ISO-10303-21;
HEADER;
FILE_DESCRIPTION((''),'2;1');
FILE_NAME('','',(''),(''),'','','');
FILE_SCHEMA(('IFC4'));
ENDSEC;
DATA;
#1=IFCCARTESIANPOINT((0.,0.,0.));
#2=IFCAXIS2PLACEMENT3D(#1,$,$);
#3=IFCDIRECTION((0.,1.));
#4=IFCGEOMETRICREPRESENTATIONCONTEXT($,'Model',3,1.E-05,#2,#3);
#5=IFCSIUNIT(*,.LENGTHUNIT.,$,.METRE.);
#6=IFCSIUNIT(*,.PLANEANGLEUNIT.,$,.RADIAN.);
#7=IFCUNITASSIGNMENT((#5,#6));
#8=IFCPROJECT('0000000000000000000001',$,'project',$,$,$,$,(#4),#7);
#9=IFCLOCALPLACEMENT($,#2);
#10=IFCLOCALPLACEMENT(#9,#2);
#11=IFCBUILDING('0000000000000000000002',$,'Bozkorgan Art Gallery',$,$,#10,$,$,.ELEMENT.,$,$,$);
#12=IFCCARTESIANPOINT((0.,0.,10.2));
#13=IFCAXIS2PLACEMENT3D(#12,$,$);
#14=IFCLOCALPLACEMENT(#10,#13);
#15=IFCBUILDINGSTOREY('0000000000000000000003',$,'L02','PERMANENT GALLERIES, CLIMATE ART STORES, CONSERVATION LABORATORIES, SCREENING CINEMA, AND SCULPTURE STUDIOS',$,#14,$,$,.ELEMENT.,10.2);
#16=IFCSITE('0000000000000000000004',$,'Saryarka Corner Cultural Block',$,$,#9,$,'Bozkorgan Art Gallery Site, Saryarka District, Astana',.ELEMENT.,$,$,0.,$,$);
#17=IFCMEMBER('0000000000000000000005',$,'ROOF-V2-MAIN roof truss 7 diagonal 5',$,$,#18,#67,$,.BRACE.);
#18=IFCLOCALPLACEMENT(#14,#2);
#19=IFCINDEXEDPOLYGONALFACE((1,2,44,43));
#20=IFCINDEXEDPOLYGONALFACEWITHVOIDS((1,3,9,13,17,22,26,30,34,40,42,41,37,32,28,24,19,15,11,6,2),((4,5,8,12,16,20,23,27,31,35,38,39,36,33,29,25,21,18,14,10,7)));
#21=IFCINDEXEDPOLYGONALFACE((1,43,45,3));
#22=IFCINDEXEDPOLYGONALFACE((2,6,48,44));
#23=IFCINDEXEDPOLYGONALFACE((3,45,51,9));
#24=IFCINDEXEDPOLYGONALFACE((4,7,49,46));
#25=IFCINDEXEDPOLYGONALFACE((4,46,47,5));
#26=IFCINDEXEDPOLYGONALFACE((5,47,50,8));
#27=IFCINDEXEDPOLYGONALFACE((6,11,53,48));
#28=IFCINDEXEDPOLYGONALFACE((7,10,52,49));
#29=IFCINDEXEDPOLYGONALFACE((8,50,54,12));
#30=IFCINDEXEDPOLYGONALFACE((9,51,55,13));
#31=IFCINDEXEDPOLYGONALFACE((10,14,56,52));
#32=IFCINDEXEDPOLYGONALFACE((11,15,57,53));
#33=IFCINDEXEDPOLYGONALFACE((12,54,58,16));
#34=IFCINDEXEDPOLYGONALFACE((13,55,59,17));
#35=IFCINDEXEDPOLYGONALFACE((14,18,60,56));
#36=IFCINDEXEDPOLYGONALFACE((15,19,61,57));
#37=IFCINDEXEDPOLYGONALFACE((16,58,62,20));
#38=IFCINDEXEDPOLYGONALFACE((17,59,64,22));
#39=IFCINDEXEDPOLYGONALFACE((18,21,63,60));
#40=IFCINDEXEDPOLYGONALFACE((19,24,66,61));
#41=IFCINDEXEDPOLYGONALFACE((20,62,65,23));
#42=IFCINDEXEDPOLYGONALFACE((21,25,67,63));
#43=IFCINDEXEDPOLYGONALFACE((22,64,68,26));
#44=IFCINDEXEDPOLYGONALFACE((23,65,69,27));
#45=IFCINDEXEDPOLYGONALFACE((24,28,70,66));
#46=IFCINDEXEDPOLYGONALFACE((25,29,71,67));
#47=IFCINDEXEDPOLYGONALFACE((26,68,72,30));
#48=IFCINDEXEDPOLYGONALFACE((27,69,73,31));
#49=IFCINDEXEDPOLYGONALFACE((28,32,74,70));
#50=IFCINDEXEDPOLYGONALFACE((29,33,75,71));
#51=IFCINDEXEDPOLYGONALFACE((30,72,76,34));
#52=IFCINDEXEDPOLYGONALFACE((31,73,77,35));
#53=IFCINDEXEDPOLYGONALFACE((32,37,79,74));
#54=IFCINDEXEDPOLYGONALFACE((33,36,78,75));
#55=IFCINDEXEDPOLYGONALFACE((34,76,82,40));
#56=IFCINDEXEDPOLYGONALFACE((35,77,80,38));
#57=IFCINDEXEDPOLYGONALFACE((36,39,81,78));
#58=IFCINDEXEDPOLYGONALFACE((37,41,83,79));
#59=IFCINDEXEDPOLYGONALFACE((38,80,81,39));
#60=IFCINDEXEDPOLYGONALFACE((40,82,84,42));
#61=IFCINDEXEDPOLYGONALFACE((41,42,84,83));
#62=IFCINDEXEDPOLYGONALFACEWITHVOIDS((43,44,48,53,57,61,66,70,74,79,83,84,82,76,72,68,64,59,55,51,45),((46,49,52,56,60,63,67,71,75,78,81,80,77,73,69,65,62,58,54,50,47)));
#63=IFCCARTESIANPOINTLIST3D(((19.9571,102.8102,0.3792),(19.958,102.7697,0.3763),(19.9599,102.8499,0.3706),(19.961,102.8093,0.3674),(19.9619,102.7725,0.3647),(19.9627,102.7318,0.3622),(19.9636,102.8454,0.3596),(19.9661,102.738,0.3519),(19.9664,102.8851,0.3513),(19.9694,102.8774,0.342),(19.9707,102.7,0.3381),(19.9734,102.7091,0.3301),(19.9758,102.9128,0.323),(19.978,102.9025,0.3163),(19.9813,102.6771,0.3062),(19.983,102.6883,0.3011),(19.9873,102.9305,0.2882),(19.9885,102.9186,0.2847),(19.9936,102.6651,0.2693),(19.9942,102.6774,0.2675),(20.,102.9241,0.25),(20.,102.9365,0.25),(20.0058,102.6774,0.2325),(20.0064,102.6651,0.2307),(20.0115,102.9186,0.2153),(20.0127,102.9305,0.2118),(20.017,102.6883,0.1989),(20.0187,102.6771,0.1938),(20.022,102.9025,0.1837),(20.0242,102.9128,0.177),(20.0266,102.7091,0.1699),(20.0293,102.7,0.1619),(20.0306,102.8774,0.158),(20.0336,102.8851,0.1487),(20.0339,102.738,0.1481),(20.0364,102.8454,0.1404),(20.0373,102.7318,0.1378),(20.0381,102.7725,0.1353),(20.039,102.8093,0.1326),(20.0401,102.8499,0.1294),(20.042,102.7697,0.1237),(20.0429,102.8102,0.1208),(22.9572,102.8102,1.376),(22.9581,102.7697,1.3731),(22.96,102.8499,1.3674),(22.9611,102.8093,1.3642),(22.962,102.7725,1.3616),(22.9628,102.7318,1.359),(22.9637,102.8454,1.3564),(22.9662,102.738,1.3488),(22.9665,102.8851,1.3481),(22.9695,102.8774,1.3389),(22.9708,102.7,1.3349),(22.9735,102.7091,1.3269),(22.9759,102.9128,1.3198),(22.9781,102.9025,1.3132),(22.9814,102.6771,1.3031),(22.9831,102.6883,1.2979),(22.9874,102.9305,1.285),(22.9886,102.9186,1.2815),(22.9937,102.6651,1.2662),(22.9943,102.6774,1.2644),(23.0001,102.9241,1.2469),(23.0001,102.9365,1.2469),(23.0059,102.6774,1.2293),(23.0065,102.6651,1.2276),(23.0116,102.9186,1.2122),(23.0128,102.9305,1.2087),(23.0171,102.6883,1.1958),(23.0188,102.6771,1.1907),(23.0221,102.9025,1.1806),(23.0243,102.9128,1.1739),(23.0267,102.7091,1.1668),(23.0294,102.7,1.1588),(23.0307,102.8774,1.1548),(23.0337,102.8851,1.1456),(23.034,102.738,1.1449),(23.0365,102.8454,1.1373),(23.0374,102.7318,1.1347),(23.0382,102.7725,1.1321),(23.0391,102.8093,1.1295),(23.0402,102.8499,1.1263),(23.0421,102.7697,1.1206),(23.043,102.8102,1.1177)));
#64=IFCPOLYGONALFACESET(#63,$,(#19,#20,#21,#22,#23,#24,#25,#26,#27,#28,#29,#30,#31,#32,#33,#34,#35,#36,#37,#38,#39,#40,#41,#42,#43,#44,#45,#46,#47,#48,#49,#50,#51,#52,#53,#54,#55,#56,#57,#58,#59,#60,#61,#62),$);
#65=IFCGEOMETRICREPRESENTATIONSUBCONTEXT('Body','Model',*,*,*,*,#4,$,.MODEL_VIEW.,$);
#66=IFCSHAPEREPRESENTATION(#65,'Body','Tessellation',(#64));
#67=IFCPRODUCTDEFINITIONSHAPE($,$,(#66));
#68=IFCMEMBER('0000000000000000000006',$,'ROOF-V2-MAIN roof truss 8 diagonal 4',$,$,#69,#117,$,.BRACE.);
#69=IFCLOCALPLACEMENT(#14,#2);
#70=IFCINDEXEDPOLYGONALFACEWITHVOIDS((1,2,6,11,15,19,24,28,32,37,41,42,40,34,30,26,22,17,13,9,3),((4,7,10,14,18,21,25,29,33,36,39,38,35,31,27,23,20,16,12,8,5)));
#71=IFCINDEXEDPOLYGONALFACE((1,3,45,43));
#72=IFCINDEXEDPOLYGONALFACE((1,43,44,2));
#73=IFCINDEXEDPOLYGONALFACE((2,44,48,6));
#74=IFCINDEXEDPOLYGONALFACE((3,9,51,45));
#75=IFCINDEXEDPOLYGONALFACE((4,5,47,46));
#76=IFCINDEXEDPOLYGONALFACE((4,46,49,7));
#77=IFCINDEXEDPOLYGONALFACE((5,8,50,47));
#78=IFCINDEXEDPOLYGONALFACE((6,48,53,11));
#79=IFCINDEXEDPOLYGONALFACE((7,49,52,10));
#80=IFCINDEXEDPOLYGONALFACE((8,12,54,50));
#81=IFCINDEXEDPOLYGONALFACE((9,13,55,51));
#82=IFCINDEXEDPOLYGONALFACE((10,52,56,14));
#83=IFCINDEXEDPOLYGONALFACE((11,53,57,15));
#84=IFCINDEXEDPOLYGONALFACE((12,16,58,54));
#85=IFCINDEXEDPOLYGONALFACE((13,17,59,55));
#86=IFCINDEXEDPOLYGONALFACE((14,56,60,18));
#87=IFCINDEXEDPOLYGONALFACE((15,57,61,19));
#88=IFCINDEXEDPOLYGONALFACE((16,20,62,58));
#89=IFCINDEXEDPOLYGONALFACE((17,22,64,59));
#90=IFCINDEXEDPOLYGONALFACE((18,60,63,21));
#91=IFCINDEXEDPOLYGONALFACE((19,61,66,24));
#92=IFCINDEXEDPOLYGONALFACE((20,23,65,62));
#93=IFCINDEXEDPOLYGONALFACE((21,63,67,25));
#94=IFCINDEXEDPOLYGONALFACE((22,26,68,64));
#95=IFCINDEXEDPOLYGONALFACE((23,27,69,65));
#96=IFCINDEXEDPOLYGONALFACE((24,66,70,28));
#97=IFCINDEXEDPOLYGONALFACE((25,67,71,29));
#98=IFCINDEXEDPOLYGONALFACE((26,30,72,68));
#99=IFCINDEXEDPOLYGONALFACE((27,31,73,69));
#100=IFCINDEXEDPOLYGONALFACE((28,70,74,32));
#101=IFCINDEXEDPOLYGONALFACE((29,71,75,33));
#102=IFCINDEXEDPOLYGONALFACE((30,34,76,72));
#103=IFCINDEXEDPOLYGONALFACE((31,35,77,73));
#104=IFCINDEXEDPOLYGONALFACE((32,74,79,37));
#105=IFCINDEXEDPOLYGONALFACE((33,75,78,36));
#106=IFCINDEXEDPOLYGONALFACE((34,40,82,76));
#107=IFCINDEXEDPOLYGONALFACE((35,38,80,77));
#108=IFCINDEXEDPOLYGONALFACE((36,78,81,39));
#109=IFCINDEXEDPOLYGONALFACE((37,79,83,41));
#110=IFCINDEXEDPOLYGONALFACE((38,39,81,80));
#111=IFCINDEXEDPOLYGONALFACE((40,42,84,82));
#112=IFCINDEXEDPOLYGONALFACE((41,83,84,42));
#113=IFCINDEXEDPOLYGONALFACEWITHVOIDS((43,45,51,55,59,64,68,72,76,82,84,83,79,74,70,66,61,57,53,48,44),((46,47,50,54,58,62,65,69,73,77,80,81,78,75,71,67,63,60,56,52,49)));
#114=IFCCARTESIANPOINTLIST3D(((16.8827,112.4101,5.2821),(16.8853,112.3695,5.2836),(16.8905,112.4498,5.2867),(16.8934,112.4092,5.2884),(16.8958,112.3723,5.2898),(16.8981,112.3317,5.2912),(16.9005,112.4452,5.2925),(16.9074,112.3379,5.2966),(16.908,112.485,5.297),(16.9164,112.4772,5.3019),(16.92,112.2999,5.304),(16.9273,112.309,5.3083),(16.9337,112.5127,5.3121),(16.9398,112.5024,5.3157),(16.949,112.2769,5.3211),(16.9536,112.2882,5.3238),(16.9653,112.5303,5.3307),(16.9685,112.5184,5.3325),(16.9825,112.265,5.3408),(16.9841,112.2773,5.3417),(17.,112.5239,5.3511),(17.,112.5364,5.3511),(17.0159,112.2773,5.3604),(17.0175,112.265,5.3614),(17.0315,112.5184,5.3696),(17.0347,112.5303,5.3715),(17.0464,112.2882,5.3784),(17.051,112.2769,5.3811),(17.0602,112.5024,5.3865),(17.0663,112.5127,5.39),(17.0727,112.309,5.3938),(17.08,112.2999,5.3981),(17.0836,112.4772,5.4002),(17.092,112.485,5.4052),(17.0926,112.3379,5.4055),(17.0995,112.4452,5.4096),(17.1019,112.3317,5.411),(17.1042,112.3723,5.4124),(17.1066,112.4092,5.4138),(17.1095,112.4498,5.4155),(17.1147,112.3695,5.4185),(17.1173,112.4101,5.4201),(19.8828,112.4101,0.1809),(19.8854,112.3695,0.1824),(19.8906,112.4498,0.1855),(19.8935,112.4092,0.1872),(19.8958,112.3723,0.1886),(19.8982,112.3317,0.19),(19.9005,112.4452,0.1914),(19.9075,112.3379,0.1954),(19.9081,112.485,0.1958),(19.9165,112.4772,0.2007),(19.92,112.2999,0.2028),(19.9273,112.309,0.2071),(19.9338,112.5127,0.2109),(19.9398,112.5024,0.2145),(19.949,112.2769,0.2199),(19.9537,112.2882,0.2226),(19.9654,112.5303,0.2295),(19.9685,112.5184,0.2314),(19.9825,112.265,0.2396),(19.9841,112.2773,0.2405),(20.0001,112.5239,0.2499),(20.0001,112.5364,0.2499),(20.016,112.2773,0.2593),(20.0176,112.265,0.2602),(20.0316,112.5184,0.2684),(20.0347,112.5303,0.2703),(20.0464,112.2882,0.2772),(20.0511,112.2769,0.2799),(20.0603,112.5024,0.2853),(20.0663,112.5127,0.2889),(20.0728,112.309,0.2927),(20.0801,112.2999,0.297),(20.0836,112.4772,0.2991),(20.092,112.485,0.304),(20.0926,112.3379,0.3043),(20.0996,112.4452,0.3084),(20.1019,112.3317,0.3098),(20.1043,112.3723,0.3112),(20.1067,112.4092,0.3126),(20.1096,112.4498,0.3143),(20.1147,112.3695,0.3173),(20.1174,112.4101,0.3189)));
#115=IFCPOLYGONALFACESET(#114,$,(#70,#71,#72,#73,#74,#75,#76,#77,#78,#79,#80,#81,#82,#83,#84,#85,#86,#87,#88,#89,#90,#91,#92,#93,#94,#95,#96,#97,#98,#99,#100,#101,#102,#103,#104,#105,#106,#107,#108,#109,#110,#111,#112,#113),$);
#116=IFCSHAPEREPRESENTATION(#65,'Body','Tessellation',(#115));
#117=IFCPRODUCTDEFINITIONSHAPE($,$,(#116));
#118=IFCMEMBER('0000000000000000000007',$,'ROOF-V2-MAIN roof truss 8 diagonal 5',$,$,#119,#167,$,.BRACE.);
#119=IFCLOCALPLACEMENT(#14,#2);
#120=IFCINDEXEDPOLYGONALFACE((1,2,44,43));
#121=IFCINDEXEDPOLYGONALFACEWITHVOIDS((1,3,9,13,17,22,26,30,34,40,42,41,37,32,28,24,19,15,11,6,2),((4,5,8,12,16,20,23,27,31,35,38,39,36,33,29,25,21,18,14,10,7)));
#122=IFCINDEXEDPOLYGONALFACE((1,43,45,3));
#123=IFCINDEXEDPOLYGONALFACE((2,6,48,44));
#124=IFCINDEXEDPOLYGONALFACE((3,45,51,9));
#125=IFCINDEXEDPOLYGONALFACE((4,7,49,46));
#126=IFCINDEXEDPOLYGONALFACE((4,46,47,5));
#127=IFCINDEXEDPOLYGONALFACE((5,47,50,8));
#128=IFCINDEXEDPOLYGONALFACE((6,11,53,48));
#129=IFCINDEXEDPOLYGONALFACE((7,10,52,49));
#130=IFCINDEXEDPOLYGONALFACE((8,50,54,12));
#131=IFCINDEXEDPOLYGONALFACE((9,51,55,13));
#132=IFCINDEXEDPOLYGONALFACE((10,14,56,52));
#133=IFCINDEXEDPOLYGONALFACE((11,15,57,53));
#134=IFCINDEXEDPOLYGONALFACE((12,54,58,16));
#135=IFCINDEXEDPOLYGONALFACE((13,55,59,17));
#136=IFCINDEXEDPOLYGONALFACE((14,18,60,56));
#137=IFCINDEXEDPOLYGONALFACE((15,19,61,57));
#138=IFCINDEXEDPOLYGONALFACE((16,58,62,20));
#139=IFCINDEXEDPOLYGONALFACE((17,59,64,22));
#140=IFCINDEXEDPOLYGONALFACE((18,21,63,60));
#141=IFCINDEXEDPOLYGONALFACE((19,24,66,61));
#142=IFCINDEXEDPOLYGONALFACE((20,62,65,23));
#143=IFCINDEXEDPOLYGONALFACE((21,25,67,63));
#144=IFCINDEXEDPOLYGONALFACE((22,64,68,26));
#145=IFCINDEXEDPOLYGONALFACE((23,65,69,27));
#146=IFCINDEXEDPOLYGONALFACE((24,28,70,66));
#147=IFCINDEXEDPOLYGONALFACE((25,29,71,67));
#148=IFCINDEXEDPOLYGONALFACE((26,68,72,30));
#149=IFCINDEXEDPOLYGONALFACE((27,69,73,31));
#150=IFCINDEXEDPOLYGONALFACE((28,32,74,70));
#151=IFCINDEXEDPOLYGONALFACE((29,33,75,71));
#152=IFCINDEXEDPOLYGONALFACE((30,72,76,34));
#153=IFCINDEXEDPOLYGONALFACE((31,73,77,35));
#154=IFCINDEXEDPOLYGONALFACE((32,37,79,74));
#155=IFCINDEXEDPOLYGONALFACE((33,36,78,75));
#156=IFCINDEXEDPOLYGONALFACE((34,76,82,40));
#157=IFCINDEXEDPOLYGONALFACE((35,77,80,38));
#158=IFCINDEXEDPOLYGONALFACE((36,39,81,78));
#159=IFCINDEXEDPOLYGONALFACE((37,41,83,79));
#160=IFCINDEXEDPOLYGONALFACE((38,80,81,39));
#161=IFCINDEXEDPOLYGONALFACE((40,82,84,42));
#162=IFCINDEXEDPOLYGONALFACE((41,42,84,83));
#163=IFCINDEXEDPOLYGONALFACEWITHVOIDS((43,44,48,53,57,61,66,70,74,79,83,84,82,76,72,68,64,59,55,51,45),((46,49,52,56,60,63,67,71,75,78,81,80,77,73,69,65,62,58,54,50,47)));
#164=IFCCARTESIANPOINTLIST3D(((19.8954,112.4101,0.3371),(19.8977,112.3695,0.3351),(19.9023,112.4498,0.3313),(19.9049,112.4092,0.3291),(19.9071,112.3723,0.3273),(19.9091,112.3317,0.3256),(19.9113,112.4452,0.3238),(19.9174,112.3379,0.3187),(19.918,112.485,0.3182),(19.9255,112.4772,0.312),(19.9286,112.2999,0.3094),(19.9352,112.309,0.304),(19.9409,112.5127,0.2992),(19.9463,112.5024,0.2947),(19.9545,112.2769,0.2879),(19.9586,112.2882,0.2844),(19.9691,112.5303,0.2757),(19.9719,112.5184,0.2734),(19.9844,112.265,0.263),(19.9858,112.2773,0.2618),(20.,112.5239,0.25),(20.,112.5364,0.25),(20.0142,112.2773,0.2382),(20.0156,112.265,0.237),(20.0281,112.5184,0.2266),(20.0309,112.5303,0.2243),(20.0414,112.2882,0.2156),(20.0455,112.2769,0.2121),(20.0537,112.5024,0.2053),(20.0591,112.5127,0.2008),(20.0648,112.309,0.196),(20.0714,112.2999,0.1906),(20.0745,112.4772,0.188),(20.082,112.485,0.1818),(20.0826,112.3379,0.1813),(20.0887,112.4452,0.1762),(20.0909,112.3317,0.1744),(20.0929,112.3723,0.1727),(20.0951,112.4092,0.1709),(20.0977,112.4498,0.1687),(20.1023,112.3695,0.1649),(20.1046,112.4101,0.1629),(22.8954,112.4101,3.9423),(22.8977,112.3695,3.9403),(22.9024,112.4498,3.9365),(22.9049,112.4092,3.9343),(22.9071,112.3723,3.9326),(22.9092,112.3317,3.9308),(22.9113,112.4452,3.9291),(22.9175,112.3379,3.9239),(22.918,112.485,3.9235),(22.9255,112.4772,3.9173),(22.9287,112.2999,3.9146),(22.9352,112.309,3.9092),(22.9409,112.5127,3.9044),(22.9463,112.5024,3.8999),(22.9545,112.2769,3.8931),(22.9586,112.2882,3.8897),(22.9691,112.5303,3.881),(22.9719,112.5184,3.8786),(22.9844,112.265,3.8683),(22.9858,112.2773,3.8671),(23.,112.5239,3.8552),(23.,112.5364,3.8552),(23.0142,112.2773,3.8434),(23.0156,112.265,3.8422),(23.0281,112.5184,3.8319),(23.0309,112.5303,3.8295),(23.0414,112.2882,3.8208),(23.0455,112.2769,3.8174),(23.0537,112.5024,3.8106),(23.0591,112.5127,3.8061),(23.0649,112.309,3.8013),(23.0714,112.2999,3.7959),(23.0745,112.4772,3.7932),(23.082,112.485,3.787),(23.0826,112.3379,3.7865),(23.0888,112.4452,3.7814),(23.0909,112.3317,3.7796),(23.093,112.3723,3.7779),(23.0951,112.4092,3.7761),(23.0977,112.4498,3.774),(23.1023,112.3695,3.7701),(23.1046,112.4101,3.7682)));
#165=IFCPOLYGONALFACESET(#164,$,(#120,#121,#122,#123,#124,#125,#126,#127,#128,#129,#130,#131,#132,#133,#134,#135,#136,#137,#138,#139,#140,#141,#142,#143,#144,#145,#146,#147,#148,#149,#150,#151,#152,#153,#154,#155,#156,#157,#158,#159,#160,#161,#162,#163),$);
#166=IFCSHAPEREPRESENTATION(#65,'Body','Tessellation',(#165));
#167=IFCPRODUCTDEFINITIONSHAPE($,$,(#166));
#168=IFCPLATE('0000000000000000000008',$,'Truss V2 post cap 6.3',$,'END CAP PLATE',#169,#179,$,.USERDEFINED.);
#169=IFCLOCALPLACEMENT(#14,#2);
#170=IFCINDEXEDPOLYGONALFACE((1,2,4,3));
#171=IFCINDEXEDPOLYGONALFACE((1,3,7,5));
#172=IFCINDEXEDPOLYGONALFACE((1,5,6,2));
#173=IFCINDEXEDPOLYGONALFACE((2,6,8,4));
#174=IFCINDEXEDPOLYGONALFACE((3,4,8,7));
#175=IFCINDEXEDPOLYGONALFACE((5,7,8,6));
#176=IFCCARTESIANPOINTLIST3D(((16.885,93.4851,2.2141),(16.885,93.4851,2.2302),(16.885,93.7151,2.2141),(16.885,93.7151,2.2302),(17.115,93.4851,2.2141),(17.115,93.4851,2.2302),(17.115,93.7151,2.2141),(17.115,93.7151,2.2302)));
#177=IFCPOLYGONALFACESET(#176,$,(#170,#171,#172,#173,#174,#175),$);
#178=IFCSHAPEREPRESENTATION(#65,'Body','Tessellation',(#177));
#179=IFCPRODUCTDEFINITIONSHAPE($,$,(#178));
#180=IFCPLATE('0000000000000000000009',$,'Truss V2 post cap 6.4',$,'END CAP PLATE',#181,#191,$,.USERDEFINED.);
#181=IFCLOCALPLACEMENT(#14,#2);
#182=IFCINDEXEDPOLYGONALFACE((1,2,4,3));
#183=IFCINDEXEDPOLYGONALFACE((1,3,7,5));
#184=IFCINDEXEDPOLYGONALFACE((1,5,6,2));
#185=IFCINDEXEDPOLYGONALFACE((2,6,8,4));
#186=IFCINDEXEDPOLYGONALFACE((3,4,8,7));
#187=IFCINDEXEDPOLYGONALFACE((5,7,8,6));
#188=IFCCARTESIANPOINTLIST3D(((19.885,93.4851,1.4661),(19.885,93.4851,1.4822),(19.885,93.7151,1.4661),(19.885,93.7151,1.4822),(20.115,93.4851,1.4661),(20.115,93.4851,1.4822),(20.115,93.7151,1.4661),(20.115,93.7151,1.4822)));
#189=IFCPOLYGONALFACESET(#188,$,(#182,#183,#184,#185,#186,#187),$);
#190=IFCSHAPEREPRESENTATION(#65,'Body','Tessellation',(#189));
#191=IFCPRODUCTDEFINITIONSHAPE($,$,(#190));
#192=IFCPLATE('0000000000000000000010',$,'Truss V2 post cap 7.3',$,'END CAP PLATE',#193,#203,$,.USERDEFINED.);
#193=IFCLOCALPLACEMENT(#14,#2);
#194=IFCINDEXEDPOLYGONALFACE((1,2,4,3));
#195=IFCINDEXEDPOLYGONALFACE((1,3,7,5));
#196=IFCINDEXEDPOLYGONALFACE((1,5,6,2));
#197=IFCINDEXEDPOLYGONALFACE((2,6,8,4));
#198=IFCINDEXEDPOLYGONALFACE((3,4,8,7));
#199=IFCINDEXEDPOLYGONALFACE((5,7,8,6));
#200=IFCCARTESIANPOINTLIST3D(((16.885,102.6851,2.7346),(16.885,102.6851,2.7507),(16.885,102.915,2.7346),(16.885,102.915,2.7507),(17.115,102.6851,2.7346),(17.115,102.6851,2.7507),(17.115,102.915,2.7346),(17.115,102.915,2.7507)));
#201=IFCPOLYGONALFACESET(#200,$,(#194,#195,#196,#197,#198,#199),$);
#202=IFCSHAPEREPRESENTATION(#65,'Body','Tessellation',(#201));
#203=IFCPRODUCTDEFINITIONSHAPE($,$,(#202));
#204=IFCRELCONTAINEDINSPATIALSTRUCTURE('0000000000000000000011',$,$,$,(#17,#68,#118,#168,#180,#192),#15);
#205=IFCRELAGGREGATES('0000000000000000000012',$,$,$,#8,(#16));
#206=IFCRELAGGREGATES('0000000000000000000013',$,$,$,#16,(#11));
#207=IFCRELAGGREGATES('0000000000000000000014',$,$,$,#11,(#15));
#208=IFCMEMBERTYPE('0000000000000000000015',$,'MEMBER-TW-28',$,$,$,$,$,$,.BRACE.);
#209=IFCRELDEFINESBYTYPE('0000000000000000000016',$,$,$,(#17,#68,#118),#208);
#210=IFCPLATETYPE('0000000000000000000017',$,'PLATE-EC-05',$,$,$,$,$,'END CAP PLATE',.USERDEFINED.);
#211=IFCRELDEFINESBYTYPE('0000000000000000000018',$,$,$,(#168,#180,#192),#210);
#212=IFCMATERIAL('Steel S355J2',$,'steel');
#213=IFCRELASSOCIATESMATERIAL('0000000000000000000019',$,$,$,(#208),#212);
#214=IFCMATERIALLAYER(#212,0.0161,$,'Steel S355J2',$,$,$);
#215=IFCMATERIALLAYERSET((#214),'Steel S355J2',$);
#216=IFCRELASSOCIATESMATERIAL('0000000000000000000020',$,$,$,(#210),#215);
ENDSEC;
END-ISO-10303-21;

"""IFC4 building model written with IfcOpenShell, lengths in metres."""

from ifc_helpers import new_model, si_unit, direction, frame, origin, origin_2d, place, context, subcontext, project, spatial, rectangle, hollow_circle, extrude, material, layer, layer_set, material_profile, profile_set, type_object, element, save


model = new_model("IFC4")

# Units and contexts
model_context = context("Model", 3, precision=1e-05, world=origin(), true_north=direction((0.0, 1.0)))
body_context = subcontext(model_context, "Body", "Model", "MODEL_VIEW")
ifc_project = project(units=[si_unit("LENGTHUNIT", "METRE"), si_unit("PLANEANGLEUNIT", "RADIAN")], contexts=[model_context])

# Site, building, storey
site_placement = place(None, origin())
site = spatial("IfcSite", under=ifc_project, at=site_placement, Name="Saryarka Corner Cultural Block", LongName="Bozkorgan Art Gallery Site, Saryarka District, Astana", CompositionType="ELEMENT", RefElevation=0.0)
building_placement = place(site_placement, origin())
building = spatial("IfcBuilding", under=site, at=building_placement, Name="Bozkorgan Art Gallery", CompositionType="ELEMENT")
storey_placement = place(building_placement, frame((0.0, 0.0, 10.2)))
storey = spatial("IfcBuildingStorey", under=building, at=storey_placement, Name="L02", Description="PERMANENT GALLERIES, CLIMATE ART STORES, CONSERVATION LABORATORIES, SCREENING CINEMA, AND SCULPTURE STUDIOS", CompositionType="ELEMENT", Elevation=10.2)

# Members
ifc_material = material(Name="Steel S355J2", Category="steel")
ifc_material_profile_1 = material_profile(ifc_material, hollow_circle(Radius=0.1365, WallThickness=0.0125, at=origin_2d()), Name="CHS 273x12.5")
ifc_profile_set_1 = profile_set([ifc_material_profile_1], Name="Steel S355J2")
member_type_1 = type_object("IfcMemberType", Name="MEMBER-TW-28", PredefinedType="BRACE", material=ifc_profile_set_1)
member_1_placement = place(storey_placement, frame((20.0, 102.8, 0.25), z_axis=(0.948984, 0.0, 0.315324), x_axis=(0.0, 1.0, 0.0)))
element("IfcMember", 1, at=member_1_placement, inside=storey, type_object=member_type_1, Name="ROOF-V2-MAIN roof truss 7 diagonal 5", PredefinedType="BRACE", context=body_context, shape_type="SweptSolid", body=[
    extrude(hollow_circle(Radius=0.1365, WallThickness=0.0125, at=origin_2d()), origin(), (0.0, 0.0, 1.0), 3.1614),
])
member_2_placement = place(storey_placement, frame((17.0, 112.3999, 5.3511), z_axis=(0.506941, 0.0, -0.861981), x_axis=(0.0, 1.0, 0.0)))
element("IfcMember", 2, at=member_2_placement, inside=storey, type_object=member_type_1, Name="ROOF-V2-MAIN roof truss 8 diagonal 4", PredefinedType="BRACE", context=body_context, shape_type="SweptSolid", body=[
    extrude(hollow_circle(Radius=0.1365, WallThickness=0.0125, at=origin_2d()), origin(), (0.0, 0.0, 1.0), 5.918),
])
member_3_placement = place(storey_placement, frame((20.0, 112.3999, 0.25), z_axis=(0.639636, 0.0, 0.768678), x_axis=(0.0, 1.0, 0.0)))
element("IfcMember", 3, at=member_3_placement, inside=storey, type_object=member_type_1, Name="ROOF-V2-MAIN roof truss 8 diagonal 5", PredefinedType="BRACE", context=body_context, shape_type="SweptSolid", body=[
    extrude(hollow_circle(Radius=0.1365, WallThickness=0.0125, at=origin_2d()), origin(), (0.0, 0.0, 1.0), 4.6902),
])

# Plates
ifc_layer_1 = layer(ifc_material, 0.0161, Name="Steel S355J2")
ifc_layer_set_1 = layer_set([ifc_layer_1], Name="Steel S355J2")
plate_type_1 = type_object("IfcPlateType", Name="PLATE-EC-05", ElementType="END CAP PLATE", PredefinedType="USERDEFINED", material=ifc_layer_set_1)
for number, where, z_axis, x_axis, name in (
    (4, (17.0, 93.6001, 2.2141), (0.0, 0.0, 1.0), (1.0, 0.0, 0.0), "Truss V2 post cap 6.3"),
    (5, (20.0, 93.6001, 1.4661), (0.0, 0.0, 1.0), (1.0, 0.0, 0.0), "Truss V2 post cap 6.4"),
    (6, (17.0, 102.8, 2.7346), (0.0, 0.0, 1.0), (1.0, 0.0, 0.0), "Truss V2 post cap 7.3"),
):
    element("IfcPlate", number, at=place(storey_placement, frame(where, z_axis=z_axis, x_axis=x_axis)), inside=storey, type_object=plate_type_1, Name=name, ObjectType="END CAP PLATE", PredefinedType="USERDEFINED", context=body_context, shape_type="SweptSolid", body=[
        extrude(rectangle(XDim=0.23, YDim=0.23, at=origin_2d()), origin(), (0.0, 0.0, 1.0), 0.0161),
    ])

save(model, "model.ifc")
